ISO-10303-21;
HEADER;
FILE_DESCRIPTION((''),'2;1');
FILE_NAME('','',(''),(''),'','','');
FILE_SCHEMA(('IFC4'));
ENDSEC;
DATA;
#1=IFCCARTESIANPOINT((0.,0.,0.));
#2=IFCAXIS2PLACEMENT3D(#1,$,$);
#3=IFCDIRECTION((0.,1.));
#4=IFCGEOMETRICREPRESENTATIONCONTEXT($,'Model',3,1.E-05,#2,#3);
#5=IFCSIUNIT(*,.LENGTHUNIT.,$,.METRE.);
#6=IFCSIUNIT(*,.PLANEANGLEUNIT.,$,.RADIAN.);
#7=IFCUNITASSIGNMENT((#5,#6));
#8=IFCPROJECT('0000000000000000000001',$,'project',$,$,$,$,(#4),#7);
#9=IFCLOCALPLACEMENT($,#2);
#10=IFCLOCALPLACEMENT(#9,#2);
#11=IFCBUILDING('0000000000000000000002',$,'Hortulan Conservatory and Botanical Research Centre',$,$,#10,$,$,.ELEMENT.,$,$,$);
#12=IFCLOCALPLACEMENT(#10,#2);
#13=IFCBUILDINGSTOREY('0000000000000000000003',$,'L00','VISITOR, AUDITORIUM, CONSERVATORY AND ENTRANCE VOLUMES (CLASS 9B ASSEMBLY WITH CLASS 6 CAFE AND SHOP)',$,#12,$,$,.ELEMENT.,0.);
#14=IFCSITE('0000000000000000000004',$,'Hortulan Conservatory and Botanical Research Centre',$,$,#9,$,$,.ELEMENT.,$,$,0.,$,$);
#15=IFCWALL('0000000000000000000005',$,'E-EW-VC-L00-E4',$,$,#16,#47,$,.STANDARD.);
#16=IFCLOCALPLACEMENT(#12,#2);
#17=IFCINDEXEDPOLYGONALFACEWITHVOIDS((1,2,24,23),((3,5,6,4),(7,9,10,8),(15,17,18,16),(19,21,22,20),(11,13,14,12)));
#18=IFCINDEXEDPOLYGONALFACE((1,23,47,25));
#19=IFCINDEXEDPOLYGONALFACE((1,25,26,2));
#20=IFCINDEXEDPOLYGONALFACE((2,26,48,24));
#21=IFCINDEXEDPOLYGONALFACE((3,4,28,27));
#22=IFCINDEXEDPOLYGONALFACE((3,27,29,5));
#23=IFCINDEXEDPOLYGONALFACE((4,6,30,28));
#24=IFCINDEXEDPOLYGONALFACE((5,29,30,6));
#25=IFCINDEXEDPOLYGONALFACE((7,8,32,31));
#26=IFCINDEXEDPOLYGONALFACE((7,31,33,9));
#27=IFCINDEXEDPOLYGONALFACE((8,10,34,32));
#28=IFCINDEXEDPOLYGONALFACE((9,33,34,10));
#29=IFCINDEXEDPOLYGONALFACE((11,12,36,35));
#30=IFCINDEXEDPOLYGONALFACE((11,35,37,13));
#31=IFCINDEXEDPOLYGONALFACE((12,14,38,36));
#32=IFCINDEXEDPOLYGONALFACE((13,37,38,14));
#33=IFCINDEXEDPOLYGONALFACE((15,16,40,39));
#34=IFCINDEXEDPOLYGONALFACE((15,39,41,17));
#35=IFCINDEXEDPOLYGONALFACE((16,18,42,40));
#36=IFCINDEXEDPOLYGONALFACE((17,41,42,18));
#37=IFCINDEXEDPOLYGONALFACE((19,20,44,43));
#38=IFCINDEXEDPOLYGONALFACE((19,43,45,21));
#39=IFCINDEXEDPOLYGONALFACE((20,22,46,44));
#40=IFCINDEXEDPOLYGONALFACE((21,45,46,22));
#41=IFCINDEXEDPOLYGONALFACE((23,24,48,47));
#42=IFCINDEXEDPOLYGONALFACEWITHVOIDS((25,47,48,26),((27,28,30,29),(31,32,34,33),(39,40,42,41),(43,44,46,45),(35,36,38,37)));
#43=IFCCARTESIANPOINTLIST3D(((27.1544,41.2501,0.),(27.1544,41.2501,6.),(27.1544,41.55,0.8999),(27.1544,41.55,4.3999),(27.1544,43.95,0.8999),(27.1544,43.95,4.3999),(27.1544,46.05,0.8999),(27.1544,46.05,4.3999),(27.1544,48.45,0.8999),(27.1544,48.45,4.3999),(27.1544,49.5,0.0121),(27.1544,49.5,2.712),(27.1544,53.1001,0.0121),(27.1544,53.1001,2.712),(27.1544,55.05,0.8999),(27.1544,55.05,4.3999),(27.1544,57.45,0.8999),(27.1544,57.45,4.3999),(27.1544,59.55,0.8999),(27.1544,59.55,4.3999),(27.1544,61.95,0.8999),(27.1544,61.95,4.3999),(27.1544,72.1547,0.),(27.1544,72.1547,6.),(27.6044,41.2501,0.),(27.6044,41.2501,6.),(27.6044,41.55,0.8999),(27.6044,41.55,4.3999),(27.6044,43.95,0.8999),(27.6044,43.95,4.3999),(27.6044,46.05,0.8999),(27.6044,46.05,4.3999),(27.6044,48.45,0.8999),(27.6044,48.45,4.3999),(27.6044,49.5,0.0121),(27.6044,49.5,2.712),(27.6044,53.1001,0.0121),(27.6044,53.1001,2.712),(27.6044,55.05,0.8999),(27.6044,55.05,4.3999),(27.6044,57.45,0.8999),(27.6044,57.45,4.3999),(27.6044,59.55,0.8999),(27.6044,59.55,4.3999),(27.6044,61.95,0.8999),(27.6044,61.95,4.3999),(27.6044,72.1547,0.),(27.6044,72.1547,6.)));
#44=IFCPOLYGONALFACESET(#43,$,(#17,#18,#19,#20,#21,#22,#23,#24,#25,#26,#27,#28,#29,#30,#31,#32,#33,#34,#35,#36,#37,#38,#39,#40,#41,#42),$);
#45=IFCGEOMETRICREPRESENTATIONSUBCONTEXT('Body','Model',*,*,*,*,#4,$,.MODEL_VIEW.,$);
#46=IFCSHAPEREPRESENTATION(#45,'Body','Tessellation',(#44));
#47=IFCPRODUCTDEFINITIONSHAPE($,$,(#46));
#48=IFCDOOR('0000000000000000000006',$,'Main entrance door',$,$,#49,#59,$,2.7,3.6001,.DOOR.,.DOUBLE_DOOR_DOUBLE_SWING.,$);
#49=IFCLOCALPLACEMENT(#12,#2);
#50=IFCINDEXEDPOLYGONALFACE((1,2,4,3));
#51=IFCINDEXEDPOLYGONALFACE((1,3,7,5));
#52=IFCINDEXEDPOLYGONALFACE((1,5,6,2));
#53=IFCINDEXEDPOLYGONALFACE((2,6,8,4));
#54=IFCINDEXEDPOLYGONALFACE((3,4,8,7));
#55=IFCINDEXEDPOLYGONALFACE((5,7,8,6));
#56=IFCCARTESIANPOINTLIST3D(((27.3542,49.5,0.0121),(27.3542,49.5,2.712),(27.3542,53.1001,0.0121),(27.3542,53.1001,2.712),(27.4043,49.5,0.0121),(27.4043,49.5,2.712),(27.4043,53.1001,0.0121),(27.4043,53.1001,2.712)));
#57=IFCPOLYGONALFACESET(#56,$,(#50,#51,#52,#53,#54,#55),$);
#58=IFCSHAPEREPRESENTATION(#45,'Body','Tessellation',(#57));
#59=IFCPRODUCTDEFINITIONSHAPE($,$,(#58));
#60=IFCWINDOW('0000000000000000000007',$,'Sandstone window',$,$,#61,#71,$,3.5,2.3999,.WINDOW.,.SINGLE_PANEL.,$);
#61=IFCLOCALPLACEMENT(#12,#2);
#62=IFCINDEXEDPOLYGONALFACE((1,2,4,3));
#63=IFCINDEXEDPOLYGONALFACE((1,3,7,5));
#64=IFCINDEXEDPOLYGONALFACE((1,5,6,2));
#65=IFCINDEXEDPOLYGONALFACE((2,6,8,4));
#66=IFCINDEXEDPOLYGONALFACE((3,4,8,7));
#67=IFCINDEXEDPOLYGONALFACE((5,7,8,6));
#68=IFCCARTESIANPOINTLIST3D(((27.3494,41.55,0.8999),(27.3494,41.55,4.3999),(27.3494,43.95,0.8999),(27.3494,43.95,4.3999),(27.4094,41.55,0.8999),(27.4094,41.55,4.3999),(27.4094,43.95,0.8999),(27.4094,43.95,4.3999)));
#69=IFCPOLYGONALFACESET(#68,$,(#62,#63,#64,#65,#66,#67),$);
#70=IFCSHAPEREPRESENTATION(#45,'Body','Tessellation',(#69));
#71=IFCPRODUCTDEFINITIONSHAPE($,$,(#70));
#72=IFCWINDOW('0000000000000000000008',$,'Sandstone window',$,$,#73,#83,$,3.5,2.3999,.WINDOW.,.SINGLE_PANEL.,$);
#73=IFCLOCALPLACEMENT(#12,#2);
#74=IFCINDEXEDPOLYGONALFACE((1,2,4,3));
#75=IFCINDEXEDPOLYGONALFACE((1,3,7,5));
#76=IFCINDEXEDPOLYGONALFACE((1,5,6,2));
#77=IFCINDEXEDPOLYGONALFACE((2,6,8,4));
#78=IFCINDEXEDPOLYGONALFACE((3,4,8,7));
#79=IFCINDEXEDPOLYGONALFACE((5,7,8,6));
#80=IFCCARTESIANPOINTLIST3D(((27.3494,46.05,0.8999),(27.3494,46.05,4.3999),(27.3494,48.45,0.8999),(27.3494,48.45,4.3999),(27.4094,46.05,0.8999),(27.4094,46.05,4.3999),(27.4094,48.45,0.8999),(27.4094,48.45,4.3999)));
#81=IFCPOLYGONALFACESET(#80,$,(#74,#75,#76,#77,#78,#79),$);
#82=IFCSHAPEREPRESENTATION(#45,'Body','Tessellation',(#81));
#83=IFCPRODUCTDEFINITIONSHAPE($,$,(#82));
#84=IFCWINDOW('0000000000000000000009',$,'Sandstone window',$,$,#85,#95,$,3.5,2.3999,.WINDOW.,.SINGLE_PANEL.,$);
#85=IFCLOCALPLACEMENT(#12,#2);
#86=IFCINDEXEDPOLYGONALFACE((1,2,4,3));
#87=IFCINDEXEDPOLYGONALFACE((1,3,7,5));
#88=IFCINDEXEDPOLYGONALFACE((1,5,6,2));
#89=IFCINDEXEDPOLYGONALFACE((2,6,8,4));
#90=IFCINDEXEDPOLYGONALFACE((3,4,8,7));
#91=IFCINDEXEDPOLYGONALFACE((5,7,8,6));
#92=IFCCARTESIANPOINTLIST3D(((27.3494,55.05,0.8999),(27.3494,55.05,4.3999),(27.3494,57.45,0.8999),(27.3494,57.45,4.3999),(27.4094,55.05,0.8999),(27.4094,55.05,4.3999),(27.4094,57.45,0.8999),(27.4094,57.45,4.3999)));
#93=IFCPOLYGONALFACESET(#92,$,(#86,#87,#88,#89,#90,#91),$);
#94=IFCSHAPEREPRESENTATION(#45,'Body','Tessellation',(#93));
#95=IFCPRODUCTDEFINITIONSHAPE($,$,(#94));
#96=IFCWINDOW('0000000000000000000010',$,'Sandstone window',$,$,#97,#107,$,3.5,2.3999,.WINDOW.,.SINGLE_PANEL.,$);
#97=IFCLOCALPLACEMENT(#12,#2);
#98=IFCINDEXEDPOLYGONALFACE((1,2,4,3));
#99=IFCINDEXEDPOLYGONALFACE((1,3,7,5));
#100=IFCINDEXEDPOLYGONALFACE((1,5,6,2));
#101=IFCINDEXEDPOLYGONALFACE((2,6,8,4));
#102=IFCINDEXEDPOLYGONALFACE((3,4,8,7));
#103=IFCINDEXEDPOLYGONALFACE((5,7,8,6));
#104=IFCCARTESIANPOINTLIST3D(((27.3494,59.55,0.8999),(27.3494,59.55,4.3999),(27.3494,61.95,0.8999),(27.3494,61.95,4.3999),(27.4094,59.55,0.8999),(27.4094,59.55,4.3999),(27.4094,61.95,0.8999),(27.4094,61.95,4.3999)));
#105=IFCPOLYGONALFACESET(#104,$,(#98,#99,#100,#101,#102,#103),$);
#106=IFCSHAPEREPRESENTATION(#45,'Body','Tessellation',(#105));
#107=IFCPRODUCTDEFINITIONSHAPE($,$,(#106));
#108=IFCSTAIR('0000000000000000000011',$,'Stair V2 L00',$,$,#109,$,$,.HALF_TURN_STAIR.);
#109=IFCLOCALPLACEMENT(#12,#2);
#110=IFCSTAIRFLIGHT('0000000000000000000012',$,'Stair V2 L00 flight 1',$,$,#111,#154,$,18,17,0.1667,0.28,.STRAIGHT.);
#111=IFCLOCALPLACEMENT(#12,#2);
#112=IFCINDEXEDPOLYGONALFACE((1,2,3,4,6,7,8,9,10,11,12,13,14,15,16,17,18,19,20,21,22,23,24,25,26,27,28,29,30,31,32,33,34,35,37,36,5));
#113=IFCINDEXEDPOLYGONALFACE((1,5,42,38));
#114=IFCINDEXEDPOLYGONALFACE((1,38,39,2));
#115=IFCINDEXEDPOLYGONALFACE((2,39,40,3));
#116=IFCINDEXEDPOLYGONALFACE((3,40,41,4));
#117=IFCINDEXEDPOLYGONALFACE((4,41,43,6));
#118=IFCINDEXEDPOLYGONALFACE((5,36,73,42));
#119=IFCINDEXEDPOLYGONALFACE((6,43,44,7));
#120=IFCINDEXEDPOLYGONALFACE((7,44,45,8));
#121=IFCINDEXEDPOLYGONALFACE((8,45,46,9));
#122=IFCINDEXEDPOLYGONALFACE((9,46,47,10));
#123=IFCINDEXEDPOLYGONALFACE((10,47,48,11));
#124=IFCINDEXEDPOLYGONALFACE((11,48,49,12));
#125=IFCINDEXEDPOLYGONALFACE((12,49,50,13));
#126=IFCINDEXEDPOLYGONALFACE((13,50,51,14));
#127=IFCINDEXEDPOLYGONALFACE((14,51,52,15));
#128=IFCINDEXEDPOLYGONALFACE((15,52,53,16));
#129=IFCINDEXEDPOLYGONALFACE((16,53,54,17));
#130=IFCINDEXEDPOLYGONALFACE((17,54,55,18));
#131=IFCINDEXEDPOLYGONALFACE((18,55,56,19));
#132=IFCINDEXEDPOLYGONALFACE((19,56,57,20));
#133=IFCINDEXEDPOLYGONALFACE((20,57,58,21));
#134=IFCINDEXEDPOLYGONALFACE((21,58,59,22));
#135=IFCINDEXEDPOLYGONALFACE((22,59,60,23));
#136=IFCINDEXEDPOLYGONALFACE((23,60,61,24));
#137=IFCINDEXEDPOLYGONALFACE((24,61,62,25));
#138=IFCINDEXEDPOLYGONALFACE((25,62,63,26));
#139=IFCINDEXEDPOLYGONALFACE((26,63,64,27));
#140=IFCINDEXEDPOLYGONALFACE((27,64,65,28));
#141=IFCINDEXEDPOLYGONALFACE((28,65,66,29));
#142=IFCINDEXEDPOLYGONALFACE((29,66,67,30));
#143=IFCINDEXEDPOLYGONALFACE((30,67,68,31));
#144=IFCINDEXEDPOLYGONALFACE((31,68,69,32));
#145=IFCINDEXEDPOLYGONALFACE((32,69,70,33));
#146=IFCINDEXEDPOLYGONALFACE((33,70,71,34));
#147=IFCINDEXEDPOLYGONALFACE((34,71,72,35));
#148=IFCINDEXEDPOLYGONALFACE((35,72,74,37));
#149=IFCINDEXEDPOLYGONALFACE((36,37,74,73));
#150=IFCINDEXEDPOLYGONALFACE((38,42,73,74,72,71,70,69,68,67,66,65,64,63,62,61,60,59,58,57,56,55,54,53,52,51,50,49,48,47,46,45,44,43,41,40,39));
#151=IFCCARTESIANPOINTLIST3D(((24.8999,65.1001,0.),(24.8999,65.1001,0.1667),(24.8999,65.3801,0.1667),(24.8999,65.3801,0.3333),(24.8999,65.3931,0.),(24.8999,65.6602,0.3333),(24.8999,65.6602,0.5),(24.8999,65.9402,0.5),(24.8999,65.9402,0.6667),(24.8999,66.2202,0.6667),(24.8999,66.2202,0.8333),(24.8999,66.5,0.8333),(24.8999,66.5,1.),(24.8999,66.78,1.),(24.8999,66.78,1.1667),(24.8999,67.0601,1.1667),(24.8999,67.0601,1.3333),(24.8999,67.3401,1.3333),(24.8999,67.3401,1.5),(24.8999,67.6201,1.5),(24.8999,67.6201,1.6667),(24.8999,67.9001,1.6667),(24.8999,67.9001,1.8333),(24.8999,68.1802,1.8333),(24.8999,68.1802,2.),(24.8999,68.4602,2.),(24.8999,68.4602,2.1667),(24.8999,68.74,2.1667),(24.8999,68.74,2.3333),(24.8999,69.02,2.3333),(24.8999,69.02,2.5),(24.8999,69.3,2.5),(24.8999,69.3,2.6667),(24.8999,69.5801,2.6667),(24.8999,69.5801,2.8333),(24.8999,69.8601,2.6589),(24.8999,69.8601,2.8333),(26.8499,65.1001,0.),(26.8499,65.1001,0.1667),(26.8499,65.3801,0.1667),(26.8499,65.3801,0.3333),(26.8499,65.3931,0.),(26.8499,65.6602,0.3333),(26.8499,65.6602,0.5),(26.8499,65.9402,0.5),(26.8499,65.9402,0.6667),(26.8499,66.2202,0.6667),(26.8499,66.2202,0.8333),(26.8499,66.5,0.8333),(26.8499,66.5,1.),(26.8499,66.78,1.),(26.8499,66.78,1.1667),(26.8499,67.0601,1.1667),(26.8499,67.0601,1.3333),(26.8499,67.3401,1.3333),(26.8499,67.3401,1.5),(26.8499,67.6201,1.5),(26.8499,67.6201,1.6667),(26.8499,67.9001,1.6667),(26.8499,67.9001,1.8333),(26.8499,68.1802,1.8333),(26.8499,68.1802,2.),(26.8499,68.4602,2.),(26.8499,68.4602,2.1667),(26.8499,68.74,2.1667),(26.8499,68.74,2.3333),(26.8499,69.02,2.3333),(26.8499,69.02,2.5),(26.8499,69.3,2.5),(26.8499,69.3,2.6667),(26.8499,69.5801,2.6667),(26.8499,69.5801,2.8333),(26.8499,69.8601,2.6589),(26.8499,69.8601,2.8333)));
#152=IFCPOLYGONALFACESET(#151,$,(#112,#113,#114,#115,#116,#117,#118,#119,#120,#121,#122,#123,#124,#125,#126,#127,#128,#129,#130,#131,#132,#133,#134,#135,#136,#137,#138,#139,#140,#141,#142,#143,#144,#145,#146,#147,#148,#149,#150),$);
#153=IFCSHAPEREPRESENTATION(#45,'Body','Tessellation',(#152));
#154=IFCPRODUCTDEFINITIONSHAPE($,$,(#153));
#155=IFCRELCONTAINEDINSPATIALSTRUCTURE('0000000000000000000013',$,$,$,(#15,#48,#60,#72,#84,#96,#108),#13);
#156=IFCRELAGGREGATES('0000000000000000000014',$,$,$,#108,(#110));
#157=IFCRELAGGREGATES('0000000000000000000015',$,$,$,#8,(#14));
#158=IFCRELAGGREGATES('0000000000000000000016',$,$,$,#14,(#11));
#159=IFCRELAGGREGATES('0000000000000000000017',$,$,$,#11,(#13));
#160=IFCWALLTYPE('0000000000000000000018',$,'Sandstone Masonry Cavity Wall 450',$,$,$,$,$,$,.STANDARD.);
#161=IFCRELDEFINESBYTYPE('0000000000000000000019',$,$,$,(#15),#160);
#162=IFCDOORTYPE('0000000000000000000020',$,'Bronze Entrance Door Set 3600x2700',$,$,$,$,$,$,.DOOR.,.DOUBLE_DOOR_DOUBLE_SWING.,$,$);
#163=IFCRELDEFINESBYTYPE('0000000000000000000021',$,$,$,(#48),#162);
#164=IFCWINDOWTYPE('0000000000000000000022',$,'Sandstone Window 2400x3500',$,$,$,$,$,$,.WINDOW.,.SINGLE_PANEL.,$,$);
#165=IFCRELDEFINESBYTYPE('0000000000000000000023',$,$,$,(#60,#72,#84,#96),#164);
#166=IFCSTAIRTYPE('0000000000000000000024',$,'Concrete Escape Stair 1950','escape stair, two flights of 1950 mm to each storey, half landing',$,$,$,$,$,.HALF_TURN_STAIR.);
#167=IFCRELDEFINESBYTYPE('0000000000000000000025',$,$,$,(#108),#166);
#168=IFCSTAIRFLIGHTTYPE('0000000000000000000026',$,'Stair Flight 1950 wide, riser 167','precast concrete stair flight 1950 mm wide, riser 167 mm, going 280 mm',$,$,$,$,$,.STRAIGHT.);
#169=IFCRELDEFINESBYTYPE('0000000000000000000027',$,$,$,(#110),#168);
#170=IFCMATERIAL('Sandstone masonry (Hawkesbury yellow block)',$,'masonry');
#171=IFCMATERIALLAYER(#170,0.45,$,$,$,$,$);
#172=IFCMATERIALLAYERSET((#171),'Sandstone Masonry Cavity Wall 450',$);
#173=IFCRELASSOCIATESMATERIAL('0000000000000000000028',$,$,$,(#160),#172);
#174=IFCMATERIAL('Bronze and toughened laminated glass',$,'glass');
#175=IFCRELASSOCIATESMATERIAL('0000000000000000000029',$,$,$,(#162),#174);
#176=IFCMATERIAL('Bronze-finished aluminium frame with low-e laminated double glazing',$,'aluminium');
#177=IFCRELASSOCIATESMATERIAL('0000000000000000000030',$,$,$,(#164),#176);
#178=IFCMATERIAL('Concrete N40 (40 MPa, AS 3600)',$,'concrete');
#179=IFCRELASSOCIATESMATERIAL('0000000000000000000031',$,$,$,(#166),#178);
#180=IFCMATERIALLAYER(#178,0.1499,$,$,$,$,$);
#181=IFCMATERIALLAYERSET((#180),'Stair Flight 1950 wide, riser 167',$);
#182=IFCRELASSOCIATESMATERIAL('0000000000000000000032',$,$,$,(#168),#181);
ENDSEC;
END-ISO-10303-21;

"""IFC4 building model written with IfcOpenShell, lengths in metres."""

from ifc_helpers import new_model, si_unit, direction, frame, frame_2d, origin, place, context, subcontext, project, spatial, polyline, rectangle, outline, extrude, material, layer, layer_set, type_object, element, fill, aggregate, save


model = new_model("IFC4")

# Units and contexts
model_context = context("Model", 3, precision=1e-05, world=origin(), true_north=direction((0.0, 1.0)))
body_context = subcontext(model_context, "Body", "Model", "MODEL_VIEW")
ifc_project = project(units=[si_unit("LENGTHUNIT", "METRE"), si_unit("PLANEANGLEUNIT", "RADIAN")], contexts=[model_context])

# Site, building, storey
site_placement = place(None, origin())
site = spatial("IfcSite", under=ifc_project, at=site_placement, Name="Hortulan Conservatory and Botanical Research Centre", CompositionType="ELEMENT", RefElevation=0.0)
building_placement = place(site_placement, origin())
building = spatial("IfcBuilding", under=site, at=building_placement, Name="Hortulan Conservatory and Botanical Research Centre", CompositionType="ELEMENT")
storey_placement = place(building_placement, origin())
storey = spatial("IfcBuildingStorey", under=building, at=storey_placement, Name="L00", Description="VISITOR, AUDITORIUM, CONSERVATORY AND ENTRANCE VOLUMES (CLASS 9B ASSEMBLY WITH CLASS 6 CAFE AND SHOP)", CompositionType="ELEMENT", Elevation=0.0)

# Shared definitions
ifc_material_1 = material(Name="Concrete N40 (40 MPa, AS 3600)", Category="concrete")

# Wall, openings, door, windows
ifc_material_2 = material(Name="Sandstone masonry (Hawkesbury yellow block)", Category="masonry")
ifc_layer_1 = layer(ifc_material_2, 0.45)
ifc_layer_set_1 = layer_set([ifc_layer_1], Name="Sandstone Masonry Cavity Wall 450")
wall_type_1 = type_object("IfcWallType", Name="Sandstone Masonry Cavity Wall 450", PredefinedType="STANDARD", material=ifc_layer_set_1)
wall_1_placement = place(storey_placement, frame((27.3794, 72.1545, 0.0), z_axis=(0.0, 0.0, 1.0), x_axis=(0.0, -1.0, 0.0)))
wall_1 = element("IfcWall", 1, at=wall_1_placement, inside=storey, type_object=wall_type_1, Name="E-EW-VC-L00-E4", PredefinedType="STANDARD", context=body_context, shape_type="SweptSolid", body=[
    extrude(rectangle(XDim=30.9045, YDim=0.45, at=frame_2d((15.4521, 0.0))), origin(), (0.0, 0.0, 1.0), 6.0),
])
opening_1_placement = place(wall_1_placement, frame((19.0544, 0.0, 0.012)))
opening_1 = element("IfcOpeningElement", 2, at=opening_1_placement, cuts=wall_1, PredefinedType="OPENING", context=body_context, shape_type="SweptSolid", body=[
    extrude(rectangle(XDim=3.6001, YDim=2.7, at=frame_2d((1.8, 1.3501))), frame((0.0, 0.2349, 0.0), z_axis=(0.0, -1.0, 0.0), x_axis=(1.0, 0.0, 0.0)), (0.0, 0.0, 1.0), 0.47),
])
opening_2_placement = place(wall_1_placement, frame((28.2046, 0.0, 0.8999)))
opening_2 = element("IfcOpeningElement", 3, at=opening_2_placement, cuts=wall_1, PredefinedType="OPENING", context=body_context, shape_type="SweptSolid", body=[
    extrude(rectangle(XDim=2.3999, YDim=3.5, at=frame_2d((1.2, 1.75))), frame((0.0, 0.2349, 0.0), z_axis=(0.0, -1.0, 0.0), x_axis=(1.0, 0.0, 0.0)), (0.0, 0.0, 1.0), 0.47),
])
opening_3_placement = place(wall_1_placement, frame((23.7046, 0.0, 0.8999)))
opening_3 = element("IfcOpeningElement", 4, at=opening_3_placement, cuts=wall_1, PredefinedType="OPENING", context=body_context, shape_type="SweptSolid", body=[
    extrude(rectangle(XDim=2.3999, YDim=3.5, at=frame_2d((1.2, 1.75))), frame((0.0, 0.2349, 0.0), z_axis=(0.0, -1.0, 0.0), x_axis=(1.0, 0.0, 0.0)), (0.0, 0.0, 1.0), 0.47),
])
opening_4_placement = place(wall_1_placement, frame((14.7046, 0.0, 0.8999)))
opening_4 = element("IfcOpeningElement", 5, at=opening_4_placement, cuts=wall_1, PredefinedType="OPENING", context=body_context, shape_type="SweptSolid", body=[
    extrude(rectangle(XDim=2.3999, YDim=3.5, at=frame_2d((1.2, 1.75))), frame((0.0, 0.2349, 0.0), z_axis=(0.0, -1.0, 0.0), x_axis=(1.0, 0.0, 0.0)), (0.0, 0.0, 1.0), 0.47),
])
opening_5_placement = place(wall_1_placement, frame((10.2046, 0.0, 0.8999)))
opening_5 = element("IfcOpeningElement", 6, at=opening_5_placement, cuts=wall_1, PredefinedType="OPENING", context=body_context, shape_type="SweptSolid", body=[
    extrude(rectangle(XDim=2.3999, YDim=3.5, at=frame_2d((1.2, 1.75))), frame((0.0, 0.2349, 0.0), z_axis=(0.0, -1.0, 0.0), x_axis=(1.0, 0.0, 0.0)), (0.0, 0.0, 1.0), 0.47),
])
ifc_material_3 = material(Name="Bronze and toughened laminated glass", Category="glass")
door_type = type_object("IfcDoorType", Name="Bronze Entrance Door Set 3600x2700", OperationType="DOUBLE_DOOR_DOUBLE_SWING", PredefinedType="DOOR", material=ifc_material_3)
door_placement = place(opening_1_placement, origin())
door = element("IfcDoor", 7, at=door_placement, inside=storey, type_object=door_type, Name="Main entrance door", OperationType="DOUBLE_DOOR_DOUBLE_SWING", OverallHeight=2.7, OverallWidth=3.6001, PredefinedType="DOOR", context=body_context, shape_type="SweptSolid", body=[
    extrude(rectangle(XDim=3.6001, YDim=2.7, at=frame_2d((1.8, 1.3501))), frame((0.0, 0.0249, 0.0), z_axis=(0.0, -1.0, 0.0), x_axis=(1.0, 0.0, 0.0)), (0.0, 0.0, 1.0), 0.05),
])
fill(opening_1, door)
ifc_material_4 = material(Name="Bronze-finished aluminium frame with low-e laminated double glazing", Category="aluminium")
window_type = type_object("IfcWindowType", Name="Sandstone Window 2400x3500", PartitioningType="SINGLE_PANEL", PredefinedType="WINDOW", material=ifc_material_4)
window_1_placement = place(opening_2_placement, origin())
window_1 = element("IfcWindow", 8, at=window_1_placement, inside=storey, type_object=window_type, Name="Sandstone window", OverallHeight=3.5, OverallWidth=2.3999, PartitioningType="SINGLE_PANEL", PredefinedType="WINDOW", context=body_context, shape_type="SweptSolid", body=[
    extrude(rectangle(XDim=2.3999, YDim=3.5, at=frame_2d((1.2, 1.75))), frame((0.0, 0.03, 0.0), z_axis=(0.0, -1.0, 0.0), x_axis=(1.0, 0.0, 0.0)), (0.0, 0.0, 1.0), 0.0601),
])
fill(opening_2, window_1)
window_2_placement = place(opening_3_placement, origin())
window_2 = element("IfcWindow", 9, at=window_2_placement, inside=storey, type_object=window_type, Name="Sandstone window", OverallHeight=3.5, OverallWidth=2.3999, PartitioningType="SINGLE_PANEL", PredefinedType="WINDOW", context=body_context, shape_type="SweptSolid", body=[
    extrude(rectangle(XDim=2.3999, YDim=3.5, at=frame_2d((1.2, 1.75))), frame((0.0, 0.03, 0.0), z_axis=(0.0, -1.0, 0.0), x_axis=(1.0, 0.0, 0.0)), (0.0, 0.0, 1.0), 0.0601),
])
fill(opening_3, window_2)
window_3_placement = place(opening_4_placement, origin())
window_3 = element("IfcWindow", 10, at=window_3_placement, inside=storey, type_object=window_type, Name="Sandstone window", OverallHeight=3.5, OverallWidth=2.3999, PartitioningType="SINGLE_PANEL", PredefinedType="WINDOW", context=body_context, shape_type="SweptSolid", body=[
    extrude(rectangle(XDim=2.3999, YDim=3.5, at=frame_2d((1.2, 1.75))), frame((0.0, 0.03, 0.0), z_axis=(0.0, -1.0, 0.0), x_axis=(1.0, 0.0, 0.0)), (0.0, 0.0, 1.0), 0.0601),
])
fill(opening_4, window_3)
window_4_placement = place(opening_5_placement, origin())
window_4 = element("IfcWindow", 11, at=window_4_placement, inside=storey, type_object=window_type, Name="Sandstone window", OverallHeight=3.5, OverallWidth=2.3999, PartitioningType="SINGLE_PANEL", PredefinedType="WINDOW", context=body_context, shape_type="SweptSolid", body=[
    extrude(rectangle(XDim=2.3999, YDim=3.5, at=frame_2d((1.2, 1.75))), frame((0.0, 0.03, 0.0), z_axis=(0.0, -1.0, 0.0), x_axis=(1.0, 0.0, 0.0)), (0.0, 0.0, 1.0), 0.0601),
])
fill(opening_5, window_4)

# Stair, stair flight
stair_type = type_object("IfcStairType", Name="Concrete Escape Stair 1950", Description="escape stair, two flights of 1950 mm to each storey, half landing", PredefinedType="HALF_TURN_STAIR", material=ifc_material_1)
stair_placement = place(storey_placement, origin())
stair = element("IfcStair", 12, at=stair_placement, inside=storey, type_object=stair_type, Name="Stair V2 L00", PredefinedType="HALF_TURN_STAIR")
ifc_layer_2 = layer(ifc_material_1, 0.1499)
ifc_layer_set_2 = layer_set([ifc_layer_2], Name="Stair Flight 1950 wide, riser 167")
stair_flight_type = type_object("IfcStairFlightType", Name="Stair Flight 1950 wide, riser 167", Description="precast concrete stair flight 1950 mm wide, riser 167 mm, going 280 mm", PredefinedType="STRAIGHT", material=ifc_layer_set_2)
stair_flight_1_placement = place(storey_placement, frame((25.875, 65.1001, 0.0), z_axis=(0.0, 0.0, 1.0), x_axis=(0.0, 1.0, 0.0)))
stair_flight_1 = element("IfcStairFlight", 13, at=stair_flight_1_placement, type_object=stair_flight_type, Name="Stair V2 L00 flight 1", NumberOfRisers=18, NumberOfTreads=17, PredefinedType="STRAIGHT", RiserHeight=0.1667, TreadLength=0.28, context=body_context, shape_type="SweptSolid", body=[
    extrude(outline(polyline([(0.0, 0.0), (0.0, 0.1667), (0.28, 0.1667), (0.28, 0.3333), (0.5601, 0.3333), (0.5601, 0.5), (0.8401, 0.5), (0.8401, 0.6667), (1.1201, 0.6667), (1.1201, 0.8333), (1.3999, 0.8333), (1.3999, 1.0), (1.6799, 1.0), (1.6799, 1.1667), (1.96, 1.1667), (1.96, 1.3333), (2.24, 1.3333), (2.24, 1.5), (2.52, 1.5), (2.52, 1.6667), (2.8, 1.6667), (2.8, 1.8333), (3.0801, 1.8333), (3.0801, 2.0), (3.3601, 2.0), (3.3601, 2.1667), (3.6399, 2.1667), (3.6399, 2.3333), (3.9199, 2.3333), (3.9199, 2.5), (4.2, 2.5), (4.2, 2.6667), (4.48, 2.6667), (4.48, 2.8333), (4.76, 2.8333), (4.76, 3.0), (4.76, 2.6589), (0.293, 0.0), (0.0, 0.0)])), frame((0.0, 0.9751, 0.0), z_axis=(0.0, -1.0, 0.0), x_axis=(1.0, 0.0, 0.0)), (0.0, 0.0, 1.0), 1.95),
])
aggregate(stair, [stair_flight_1])

save(model, "model.ifc")
